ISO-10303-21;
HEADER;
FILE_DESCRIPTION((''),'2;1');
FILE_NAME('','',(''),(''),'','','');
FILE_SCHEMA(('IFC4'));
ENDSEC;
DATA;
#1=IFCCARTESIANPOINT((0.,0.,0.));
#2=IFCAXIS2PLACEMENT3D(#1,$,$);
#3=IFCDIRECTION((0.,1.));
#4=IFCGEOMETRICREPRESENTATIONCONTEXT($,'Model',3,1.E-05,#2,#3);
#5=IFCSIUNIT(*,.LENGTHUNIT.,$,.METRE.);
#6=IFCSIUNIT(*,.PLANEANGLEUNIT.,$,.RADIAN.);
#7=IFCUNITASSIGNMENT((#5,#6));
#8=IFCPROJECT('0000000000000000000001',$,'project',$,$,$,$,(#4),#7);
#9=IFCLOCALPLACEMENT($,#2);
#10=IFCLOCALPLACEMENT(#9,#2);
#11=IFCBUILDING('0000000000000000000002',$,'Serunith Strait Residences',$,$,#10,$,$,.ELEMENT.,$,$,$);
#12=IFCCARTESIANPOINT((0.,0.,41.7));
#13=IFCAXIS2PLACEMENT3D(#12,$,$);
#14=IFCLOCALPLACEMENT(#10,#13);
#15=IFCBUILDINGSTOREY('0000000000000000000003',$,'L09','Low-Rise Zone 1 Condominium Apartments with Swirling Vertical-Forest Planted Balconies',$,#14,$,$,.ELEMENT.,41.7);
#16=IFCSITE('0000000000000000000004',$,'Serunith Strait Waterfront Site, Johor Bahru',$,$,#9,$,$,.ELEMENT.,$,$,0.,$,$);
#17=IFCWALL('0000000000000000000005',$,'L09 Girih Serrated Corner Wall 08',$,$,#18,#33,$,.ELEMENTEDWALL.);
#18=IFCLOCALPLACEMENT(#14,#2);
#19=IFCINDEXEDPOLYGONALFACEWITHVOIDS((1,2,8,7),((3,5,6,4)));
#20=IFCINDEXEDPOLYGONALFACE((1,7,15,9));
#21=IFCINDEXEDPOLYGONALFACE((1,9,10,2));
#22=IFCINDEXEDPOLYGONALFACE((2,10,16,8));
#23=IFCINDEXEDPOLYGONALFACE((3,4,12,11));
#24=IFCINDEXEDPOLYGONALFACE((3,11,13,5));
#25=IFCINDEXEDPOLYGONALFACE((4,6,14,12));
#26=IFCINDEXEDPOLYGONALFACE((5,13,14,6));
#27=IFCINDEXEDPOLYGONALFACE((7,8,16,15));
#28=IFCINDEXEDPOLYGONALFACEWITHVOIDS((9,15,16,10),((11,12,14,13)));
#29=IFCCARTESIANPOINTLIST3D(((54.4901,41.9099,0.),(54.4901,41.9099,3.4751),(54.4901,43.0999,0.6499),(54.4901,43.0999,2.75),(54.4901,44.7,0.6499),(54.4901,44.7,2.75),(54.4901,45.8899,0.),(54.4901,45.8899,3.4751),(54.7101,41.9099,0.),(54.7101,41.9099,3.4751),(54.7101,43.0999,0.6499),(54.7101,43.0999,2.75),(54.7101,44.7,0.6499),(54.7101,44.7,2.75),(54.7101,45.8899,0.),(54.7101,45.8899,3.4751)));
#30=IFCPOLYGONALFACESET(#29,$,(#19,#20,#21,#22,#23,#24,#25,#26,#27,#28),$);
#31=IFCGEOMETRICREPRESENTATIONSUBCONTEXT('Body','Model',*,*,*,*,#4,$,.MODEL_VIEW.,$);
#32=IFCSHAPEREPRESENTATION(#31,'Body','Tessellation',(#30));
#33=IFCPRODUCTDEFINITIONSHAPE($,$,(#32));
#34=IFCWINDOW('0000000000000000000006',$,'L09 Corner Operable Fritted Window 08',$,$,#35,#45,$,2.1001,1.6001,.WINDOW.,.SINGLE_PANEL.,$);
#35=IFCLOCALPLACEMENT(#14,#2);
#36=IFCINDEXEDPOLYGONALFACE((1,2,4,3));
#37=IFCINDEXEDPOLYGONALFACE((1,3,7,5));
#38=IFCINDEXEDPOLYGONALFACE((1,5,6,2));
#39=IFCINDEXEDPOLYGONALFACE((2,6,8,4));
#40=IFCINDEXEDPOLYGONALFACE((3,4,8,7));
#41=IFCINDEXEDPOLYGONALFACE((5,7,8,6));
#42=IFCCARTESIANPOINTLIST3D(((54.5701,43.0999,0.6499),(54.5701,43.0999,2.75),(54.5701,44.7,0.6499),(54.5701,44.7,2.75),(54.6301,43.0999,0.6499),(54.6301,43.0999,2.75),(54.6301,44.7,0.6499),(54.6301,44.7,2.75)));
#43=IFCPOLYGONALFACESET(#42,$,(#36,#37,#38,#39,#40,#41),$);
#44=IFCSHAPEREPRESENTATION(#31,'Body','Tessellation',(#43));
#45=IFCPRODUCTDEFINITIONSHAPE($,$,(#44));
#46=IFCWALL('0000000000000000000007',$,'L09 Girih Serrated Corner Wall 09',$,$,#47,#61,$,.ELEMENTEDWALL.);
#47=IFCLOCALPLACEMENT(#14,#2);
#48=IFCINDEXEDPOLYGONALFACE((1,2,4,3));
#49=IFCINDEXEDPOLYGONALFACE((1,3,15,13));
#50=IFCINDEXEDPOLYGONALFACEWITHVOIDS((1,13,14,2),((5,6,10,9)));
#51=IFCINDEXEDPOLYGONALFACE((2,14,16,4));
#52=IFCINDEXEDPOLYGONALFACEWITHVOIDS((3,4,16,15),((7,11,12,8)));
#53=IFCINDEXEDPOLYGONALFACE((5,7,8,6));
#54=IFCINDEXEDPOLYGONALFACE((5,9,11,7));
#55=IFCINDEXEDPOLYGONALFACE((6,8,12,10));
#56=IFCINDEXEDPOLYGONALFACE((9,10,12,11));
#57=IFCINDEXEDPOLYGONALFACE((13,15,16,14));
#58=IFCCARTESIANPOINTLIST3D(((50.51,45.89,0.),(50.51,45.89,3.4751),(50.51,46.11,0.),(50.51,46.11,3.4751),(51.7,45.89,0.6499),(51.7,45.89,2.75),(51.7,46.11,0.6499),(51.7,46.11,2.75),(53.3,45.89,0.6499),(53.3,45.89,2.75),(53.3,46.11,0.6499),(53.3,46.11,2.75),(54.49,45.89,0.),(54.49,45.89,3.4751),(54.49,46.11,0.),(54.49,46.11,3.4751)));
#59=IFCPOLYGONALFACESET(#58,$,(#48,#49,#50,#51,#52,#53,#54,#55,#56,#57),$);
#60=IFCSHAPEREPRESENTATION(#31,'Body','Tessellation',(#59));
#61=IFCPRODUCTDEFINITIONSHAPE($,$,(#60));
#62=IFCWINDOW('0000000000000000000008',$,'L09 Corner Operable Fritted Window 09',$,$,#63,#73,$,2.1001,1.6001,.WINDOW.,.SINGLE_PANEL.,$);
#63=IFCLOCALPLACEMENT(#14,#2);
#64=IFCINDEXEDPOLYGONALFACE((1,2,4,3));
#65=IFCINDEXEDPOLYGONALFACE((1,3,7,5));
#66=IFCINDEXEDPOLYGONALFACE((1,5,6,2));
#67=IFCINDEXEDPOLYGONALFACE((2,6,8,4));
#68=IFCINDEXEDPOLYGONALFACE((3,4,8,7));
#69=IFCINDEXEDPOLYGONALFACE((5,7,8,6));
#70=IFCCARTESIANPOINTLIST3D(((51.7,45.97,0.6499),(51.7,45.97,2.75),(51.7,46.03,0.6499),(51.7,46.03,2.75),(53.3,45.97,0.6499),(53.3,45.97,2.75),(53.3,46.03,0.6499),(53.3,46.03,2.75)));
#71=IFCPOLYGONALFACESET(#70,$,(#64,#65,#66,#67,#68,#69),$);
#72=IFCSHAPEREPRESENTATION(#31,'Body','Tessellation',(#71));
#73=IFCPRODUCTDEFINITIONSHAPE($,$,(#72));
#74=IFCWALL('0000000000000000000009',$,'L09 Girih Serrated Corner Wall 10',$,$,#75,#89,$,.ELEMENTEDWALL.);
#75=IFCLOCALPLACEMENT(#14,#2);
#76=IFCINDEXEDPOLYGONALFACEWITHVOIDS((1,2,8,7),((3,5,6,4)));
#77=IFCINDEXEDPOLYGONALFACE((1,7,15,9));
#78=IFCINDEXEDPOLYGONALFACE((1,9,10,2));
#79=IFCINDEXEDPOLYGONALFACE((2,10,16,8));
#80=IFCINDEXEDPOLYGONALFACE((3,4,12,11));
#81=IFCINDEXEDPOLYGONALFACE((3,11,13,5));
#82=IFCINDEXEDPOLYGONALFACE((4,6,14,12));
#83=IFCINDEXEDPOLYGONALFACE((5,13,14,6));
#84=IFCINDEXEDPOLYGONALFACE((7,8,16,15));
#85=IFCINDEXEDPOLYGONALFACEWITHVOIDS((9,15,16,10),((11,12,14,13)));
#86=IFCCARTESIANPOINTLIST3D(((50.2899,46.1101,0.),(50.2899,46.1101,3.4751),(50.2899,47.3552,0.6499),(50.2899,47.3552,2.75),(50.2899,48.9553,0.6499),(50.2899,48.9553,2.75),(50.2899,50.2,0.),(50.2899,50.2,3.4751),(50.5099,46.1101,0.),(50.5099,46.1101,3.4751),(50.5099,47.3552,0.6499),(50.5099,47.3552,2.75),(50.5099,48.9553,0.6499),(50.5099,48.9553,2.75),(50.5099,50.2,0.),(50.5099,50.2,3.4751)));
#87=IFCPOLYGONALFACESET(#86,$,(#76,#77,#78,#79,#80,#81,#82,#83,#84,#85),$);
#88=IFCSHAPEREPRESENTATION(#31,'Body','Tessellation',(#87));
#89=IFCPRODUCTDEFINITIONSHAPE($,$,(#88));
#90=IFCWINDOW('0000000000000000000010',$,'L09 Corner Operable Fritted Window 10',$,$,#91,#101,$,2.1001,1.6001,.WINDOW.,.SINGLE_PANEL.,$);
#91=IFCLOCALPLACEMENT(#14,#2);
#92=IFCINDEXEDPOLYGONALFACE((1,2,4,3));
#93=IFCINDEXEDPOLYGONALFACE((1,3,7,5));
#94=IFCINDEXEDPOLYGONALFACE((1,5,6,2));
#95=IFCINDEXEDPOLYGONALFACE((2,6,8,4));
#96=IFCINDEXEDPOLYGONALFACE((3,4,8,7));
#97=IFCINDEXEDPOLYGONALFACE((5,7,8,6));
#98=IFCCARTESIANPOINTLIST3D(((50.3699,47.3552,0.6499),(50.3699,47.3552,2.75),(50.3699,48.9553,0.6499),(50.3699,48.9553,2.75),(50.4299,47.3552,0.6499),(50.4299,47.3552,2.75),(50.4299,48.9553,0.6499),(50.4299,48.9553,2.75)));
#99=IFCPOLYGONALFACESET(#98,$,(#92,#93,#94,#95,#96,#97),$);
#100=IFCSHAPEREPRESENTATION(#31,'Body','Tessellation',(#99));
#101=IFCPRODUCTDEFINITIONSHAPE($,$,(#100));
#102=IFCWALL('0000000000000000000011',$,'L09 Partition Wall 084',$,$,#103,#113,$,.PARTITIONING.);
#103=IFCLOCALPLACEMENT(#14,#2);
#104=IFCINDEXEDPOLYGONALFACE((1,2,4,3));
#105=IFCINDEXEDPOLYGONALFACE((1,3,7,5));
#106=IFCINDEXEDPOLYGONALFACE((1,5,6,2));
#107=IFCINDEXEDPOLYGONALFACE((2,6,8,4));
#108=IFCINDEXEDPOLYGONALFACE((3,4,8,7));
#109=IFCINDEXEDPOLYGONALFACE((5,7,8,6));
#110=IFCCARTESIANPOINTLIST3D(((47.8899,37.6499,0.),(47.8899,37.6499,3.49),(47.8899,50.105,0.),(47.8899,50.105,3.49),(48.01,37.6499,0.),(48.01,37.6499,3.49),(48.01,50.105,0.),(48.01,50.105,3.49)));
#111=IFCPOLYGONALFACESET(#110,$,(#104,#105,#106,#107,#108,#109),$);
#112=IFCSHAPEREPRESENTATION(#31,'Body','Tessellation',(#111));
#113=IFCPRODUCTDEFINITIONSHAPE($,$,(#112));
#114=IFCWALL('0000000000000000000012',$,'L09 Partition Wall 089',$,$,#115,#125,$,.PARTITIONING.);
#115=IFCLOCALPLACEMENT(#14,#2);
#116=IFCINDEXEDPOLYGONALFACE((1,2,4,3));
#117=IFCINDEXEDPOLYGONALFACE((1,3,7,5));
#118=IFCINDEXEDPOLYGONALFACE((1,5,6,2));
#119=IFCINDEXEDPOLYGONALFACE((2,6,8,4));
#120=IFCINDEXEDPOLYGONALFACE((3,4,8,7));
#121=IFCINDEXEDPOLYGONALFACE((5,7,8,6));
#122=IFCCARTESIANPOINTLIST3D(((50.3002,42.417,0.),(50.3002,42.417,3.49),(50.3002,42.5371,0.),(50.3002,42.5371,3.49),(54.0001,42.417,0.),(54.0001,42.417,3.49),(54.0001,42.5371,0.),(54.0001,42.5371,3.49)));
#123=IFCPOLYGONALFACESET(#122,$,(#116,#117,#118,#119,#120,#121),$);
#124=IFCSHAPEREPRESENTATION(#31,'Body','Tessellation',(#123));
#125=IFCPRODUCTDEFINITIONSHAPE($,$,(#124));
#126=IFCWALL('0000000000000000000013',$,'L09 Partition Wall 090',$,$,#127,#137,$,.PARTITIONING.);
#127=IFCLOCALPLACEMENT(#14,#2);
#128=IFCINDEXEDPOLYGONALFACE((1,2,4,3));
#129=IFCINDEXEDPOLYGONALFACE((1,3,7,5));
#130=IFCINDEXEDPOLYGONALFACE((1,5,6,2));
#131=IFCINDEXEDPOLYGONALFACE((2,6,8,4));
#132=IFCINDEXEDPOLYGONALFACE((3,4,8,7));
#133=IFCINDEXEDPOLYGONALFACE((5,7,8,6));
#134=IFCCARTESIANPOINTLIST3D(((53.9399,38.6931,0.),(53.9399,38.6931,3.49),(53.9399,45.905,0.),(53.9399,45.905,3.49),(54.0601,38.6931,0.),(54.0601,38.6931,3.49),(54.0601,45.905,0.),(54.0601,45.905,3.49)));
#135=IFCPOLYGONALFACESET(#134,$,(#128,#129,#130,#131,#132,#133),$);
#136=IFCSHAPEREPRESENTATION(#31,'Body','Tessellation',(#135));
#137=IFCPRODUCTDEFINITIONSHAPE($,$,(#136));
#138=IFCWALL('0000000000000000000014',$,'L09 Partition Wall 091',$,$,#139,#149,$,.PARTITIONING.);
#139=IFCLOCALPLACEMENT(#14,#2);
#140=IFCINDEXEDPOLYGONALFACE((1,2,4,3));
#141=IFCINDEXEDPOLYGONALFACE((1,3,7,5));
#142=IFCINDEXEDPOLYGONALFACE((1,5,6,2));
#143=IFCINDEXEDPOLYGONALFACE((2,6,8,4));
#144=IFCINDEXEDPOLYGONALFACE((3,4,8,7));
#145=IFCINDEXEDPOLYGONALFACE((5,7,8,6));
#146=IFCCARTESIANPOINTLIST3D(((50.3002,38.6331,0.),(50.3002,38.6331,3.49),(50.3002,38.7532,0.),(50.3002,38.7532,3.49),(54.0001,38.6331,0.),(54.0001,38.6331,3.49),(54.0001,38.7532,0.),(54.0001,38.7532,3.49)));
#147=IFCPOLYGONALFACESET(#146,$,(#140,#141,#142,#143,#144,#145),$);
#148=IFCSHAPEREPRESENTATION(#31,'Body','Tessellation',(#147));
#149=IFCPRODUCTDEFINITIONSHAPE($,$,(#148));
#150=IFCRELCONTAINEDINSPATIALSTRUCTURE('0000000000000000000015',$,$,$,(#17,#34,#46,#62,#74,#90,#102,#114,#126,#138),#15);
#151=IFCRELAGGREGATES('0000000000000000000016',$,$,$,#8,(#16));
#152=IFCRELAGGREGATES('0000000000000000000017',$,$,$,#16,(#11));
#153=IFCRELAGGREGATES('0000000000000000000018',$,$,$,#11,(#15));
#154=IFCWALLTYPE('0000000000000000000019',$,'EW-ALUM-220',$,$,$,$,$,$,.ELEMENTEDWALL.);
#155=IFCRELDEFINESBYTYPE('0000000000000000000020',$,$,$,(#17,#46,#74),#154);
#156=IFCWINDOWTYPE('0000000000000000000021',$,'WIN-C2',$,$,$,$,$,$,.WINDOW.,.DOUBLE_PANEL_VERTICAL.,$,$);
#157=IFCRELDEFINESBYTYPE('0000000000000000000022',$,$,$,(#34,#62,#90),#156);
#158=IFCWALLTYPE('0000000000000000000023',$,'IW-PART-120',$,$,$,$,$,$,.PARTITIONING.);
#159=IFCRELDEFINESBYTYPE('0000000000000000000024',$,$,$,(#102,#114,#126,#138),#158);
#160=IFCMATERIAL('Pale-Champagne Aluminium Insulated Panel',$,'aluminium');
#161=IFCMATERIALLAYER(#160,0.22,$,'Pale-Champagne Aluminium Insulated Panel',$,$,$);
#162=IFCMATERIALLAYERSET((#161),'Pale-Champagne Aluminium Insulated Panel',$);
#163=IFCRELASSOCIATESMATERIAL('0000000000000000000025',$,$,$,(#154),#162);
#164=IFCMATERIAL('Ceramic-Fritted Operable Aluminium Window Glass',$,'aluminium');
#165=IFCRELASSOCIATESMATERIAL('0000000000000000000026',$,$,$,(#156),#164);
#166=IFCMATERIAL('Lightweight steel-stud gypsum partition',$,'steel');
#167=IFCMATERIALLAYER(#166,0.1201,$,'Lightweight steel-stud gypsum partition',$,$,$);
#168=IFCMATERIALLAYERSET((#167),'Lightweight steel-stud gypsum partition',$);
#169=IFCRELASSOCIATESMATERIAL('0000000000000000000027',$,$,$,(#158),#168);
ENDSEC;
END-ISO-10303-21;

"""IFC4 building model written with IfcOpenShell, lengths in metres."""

from ifc_helpers import new_model, si_unit, direction, frame, frame_2d, origin, place, context, subcontext, project, spatial, rectangle, extrude, source, transform, mapped, material, layer, layer_set, type_object, element, fill, save


model = new_model("IFC4")

# Units and contexts
model_context = context("Model", 3, precision=1e-05, world=origin(), true_north=direction((0.0, 1.0)))
body_context = subcontext(model_context, "Body", "Model", "MODEL_VIEW")
ifc_project = project(units=[si_unit("LENGTHUNIT", "METRE"), si_unit("PLANEANGLEUNIT", "RADIAN")], contexts=[model_context])

# Site, building, storey
site_placement = place(None, origin())
site = spatial("IfcSite", under=ifc_project, at=site_placement, Name="Serunith Strait Waterfront Site, Johor Bahru", CompositionType="ELEMENT", RefElevation=0.0)
building_placement = place(site_placement, origin())
building = spatial("IfcBuilding", under=site, at=building_placement, Name="Serunith Strait Residences", CompositionType="ELEMENT")
storey_placement = place(building_placement, frame((0.0, 0.0, 41.7)))
storey = spatial("IfcBuildingStorey", under=building, at=storey_placement, Name="L09", Description="Low-Rise Zone 1 Condominium Apartments with Swirling Vertical-Forest Planted Balconies", CompositionType="ELEMENT", Elevation=41.7)

# Walls, openings, windows
ifc_material_1 = material(Name="Pale-Champagne Aluminium Insulated Panel", Category="aluminium")
ifc_layer_1 = layer(ifc_material_1, 0.22, Name="Pale-Champagne Aluminium Insulated Panel")
ifc_layer_set_1 = layer_set([ifc_layer_1], Name="Pale-Champagne Aluminium Insulated Panel")
wall_type_1 = type_object("IfcWallType", Name="EW-ALUM-220", PredefinedType="ELEMENTEDWALL", material=ifc_layer_set_1)
ifc_material_2 = material(Name="Ceramic-Fritted Operable Aluminium Window Glass", Category="aluminium")
window_type = type_object("IfcWindowType", Name="WIN-C2", PartitioningType="DOUBLE_PANEL_VERTICAL", PredefinedType="WINDOW", material=ifc_material_2)
shared_shape_1 = source(origin(), body_context, "Body", "SweptSolid", [
    extrude(rectangle(XDim=1.6001, YDim=2.1001, at=frame_2d((0.8, 1.05))), frame((0.0, 0.03, 0.0), z_axis=(0.0, -1.0, 0.0), x_axis=(1.0, 0.0, 0.0)), (0.0, 0.0, 1.0), 0.0601),
])
wall_1_placement = place(storey_placement, frame((54.6001, 41.9099, 0.0), z_axis=(0.0, 0.0, 1.0), x_axis=(0.0, 1.0, 0.0)))
wall_1 = element("IfcWall", 1, at=wall_1_placement, inside=storey, type_object=wall_type_1, Name="L09 Girih Serrated Corner Wall 08", PredefinedType="ELEMENTEDWALL", context=body_context, shape_type="SweptSolid", body=[
    extrude(rectangle(XDim=3.98, YDim=0.22, at=frame_2d((1.99, 0.0))), origin(), (0.0, 0.0, 1.0), 3.4751),
])
opening_1_placement = place(wall_1_placement, frame((1.1899, 0.0, 0.6499)))
opening_1 = element("IfcOpeningElement", 2, at=opening_1_placement, cuts=wall_1, PredefinedType="OPENING", context=body_context, shape_type="SweptSolid", body=[
    extrude(rectangle(XDim=1.6001, YDim=2.1001, at=frame_2d((0.8, 1.05))), frame((0.0, 0.1201, 0.0), z_axis=(0.0, -1.0, 0.0), x_axis=(1.0, 0.0, 0.0)), (0.0, 0.0, 1.0), 0.24),
])
window_1_placement = place(opening_1_placement, origin())
window_1 = element("IfcWindow", 3, at=window_1_placement, inside=storey, type_object=window_type, Name="L09 Corner Operable Fritted Window 08", OverallHeight=2.1001, OverallWidth=1.6001, PartitioningType="SINGLE_PANEL", PredefinedType="WINDOW", context=body_context, shape_type="MappedRepresentation", body=[
    mapped(shared_shape_1, transform((0.0, 0.0, 0.0), scale=1.0)),
])
fill(opening_1, window_1)
wall_2_placement = place(storey_placement, frame((54.49, 46.0, 0.0), z_axis=(0.0, 0.0, 1.0), x_axis=(-1.0, 0.0, 0.0)))
wall_2 = element("IfcWall", 4, at=wall_2_placement, inside=storey, type_object=wall_type_1, Name="L09 Girih Serrated Corner Wall 09", PredefinedType="ELEMENTEDWALL", context=body_context, shape_type="SweptSolid", body=[
    extrude(rectangle(XDim=3.98, YDim=0.22, at=frame_2d((1.99, 0.0))), origin(), (0.0, 0.0, 1.0), 3.4751),
])
opening_2_placement = place(wall_2_placement, frame((1.1899, 0.0, 0.6499)))
opening_2 = element("IfcOpeningElement", 5, at=opening_2_placement, cuts=wall_2, PredefinedType="OPENING", context=body_context, shape_type="SweptSolid", body=[
    extrude(rectangle(XDim=1.6001, YDim=2.1001, at=frame_2d((0.8, 1.05))), frame((0.0, 0.1201, 0.0), z_axis=(0.0, -1.0, 0.0), x_axis=(1.0, 0.0, 0.0)), (0.0, 0.0, 1.0), 0.24),
])
window_2_placement = place(opening_2_placement, origin())
window_2 = element("IfcWindow", 6, at=window_2_placement, inside=storey, type_object=window_type, Name="L09 Corner Operable Fritted Window 09", OverallHeight=2.1001, OverallWidth=1.6001, PartitioningType="SINGLE_PANEL", PredefinedType="WINDOW", context=body_context, shape_type="MappedRepresentation", body=[
    mapped(shared_shape_1, transform((0.0, 0.0, 0.0), scale=1.0)),
])
fill(opening_2, window_2)
wall_3_placement = place(storey_placement, frame((50.3999, 46.1101, 0.0), z_axis=(0.0, 0.0, 1.0), x_axis=(0.0, 1.0, 0.0)))
wall_3 = element("IfcWall", 7, at=wall_3_placement, inside=storey, type_object=wall_type_1, Name="L09 Girih Serrated Corner Wall 10", PredefinedType="ELEMENTEDWALL", context=body_context, shape_type="SweptSolid", body=[
    extrude(rectangle(XDim=4.0898, YDim=0.22, at=frame_2d((2.0449, 0.0))), origin(), (0.0, 0.0, 1.0), 3.4751),
])
opening_3_placement = place(wall_3_placement, frame((1.2451, 0.0, 0.6499)))
opening_3 = element("IfcOpeningElement", 8, at=opening_3_placement, cuts=wall_3, PredefinedType="OPENING", context=body_context, shape_type="SweptSolid", body=[
    extrude(rectangle(XDim=1.6001, YDim=2.1001, at=frame_2d((0.8, 1.05))), frame((0.0, 0.1201, 0.0), z_axis=(0.0, -1.0, 0.0), x_axis=(1.0, 0.0, 0.0)), (0.0, 0.0, 1.0), 0.24),
])
window_3_placement = place(opening_3_placement, origin())
window_3 = element("IfcWindow", 9, at=window_3_placement, inside=storey, type_object=window_type, Name="L09 Corner Operable Fritted Window 10", OverallHeight=2.1001, OverallWidth=1.6001, PartitioningType="SINGLE_PANEL", PredefinedType="WINDOW", context=body_context, shape_type="MappedRepresentation", body=[
    mapped(shared_shape_1, transform((0.0, 0.0, 0.0), scale=1.0)),
])
fill(opening_3, window_3)

# Walls
ifc_material_3 = material(Name="Lightweight steel-stud gypsum partition", Category="steel")
ifc_layer_2 = layer(ifc_material_3, 0.1201, Name="Lightweight steel-stud gypsum partition")
ifc_layer_set_2 = layer_set([ifc_layer_2], Name="Lightweight steel-stud gypsum partition")
wall_type_2 = type_object("IfcWallType", Name="IW-PART-120", PredefinedType="PARTITIONING", material=ifc_layer_set_2)
wall_4_placement = place(storey_placement, frame((47.95, 50.105, 0.0), z_axis=(0.0, 0.0, 1.0), x_axis=(0.0, -1.0, 0.0)))
element("IfcWall", 10, at=wall_4_placement, inside=storey, type_object=wall_type_2, Name="L09 Partition Wall 084", PredefinedType="PARTITIONING", context=body_context, shape_type="SweptSolid", body=[
    extrude(rectangle(XDim=12.4551, YDim=0.1201, at=frame_2d((6.2275, 0.0))), origin(), (0.0, 0.0, 1.0), 3.49),
])
wall_5_placement = place(storey_placement, frame((50.3, 42.4771, 0.0), z_axis=(0.0, 0.0, 1.0), x_axis=(1.0, 0.0, 0.0)))
element("IfcWall", 11, at=wall_5_placement, inside=storey, type_object=wall_type_2, Name="L09 Partition Wall 089", PredefinedType="PARTITIONING", context=body_context, shape_type="SweptSolid", body=[
    extrude(rectangle(XDim=3.7, YDim=0.1201, at=frame_2d((1.8501, 0.0))), origin(), (0.0, 0.0, 1.0), 3.49),
])
wall_6_placement = place(storey_placement, frame((54.0, 45.905, 0.0), z_axis=(0.0, 0.0, 1.0), x_axis=(0.0, -1.0, 0.0)))
element("IfcWall", 12, at=wall_6_placement, inside=storey, type_object=wall_type_2, Name="L09 Partition Wall 090", PredefinedType="PARTITIONING", context=body_context, shape_type="SweptSolid", body=[
    extrude(rectangle(XDim=7.2119, YDim=0.1201, at=frame_2d((3.606, 0.0))), origin(), (0.0, 0.0, 1.0), 3.49),
])
wall_7_placement = place(storey_placement, frame((50.3, 38.6931, 0.0), z_axis=(0.0, 0.0, 1.0), x_axis=(1.0, 0.0, 0.0)))
element("IfcWall", 13, at=wall_7_placement, inside=storey, type_object=wall_type_2, Name="L09 Partition Wall 091", PredefinedType="PARTITIONING", context=body_context, shape_type="SweptSolid", body=[
    extrude(rectangle(XDim=3.7, YDim=0.1201, at=frame_2d((1.8501, 0.0))), origin(), (0.0, 0.0, 1.0), 3.49),
])

save(model, "model.ifc")
